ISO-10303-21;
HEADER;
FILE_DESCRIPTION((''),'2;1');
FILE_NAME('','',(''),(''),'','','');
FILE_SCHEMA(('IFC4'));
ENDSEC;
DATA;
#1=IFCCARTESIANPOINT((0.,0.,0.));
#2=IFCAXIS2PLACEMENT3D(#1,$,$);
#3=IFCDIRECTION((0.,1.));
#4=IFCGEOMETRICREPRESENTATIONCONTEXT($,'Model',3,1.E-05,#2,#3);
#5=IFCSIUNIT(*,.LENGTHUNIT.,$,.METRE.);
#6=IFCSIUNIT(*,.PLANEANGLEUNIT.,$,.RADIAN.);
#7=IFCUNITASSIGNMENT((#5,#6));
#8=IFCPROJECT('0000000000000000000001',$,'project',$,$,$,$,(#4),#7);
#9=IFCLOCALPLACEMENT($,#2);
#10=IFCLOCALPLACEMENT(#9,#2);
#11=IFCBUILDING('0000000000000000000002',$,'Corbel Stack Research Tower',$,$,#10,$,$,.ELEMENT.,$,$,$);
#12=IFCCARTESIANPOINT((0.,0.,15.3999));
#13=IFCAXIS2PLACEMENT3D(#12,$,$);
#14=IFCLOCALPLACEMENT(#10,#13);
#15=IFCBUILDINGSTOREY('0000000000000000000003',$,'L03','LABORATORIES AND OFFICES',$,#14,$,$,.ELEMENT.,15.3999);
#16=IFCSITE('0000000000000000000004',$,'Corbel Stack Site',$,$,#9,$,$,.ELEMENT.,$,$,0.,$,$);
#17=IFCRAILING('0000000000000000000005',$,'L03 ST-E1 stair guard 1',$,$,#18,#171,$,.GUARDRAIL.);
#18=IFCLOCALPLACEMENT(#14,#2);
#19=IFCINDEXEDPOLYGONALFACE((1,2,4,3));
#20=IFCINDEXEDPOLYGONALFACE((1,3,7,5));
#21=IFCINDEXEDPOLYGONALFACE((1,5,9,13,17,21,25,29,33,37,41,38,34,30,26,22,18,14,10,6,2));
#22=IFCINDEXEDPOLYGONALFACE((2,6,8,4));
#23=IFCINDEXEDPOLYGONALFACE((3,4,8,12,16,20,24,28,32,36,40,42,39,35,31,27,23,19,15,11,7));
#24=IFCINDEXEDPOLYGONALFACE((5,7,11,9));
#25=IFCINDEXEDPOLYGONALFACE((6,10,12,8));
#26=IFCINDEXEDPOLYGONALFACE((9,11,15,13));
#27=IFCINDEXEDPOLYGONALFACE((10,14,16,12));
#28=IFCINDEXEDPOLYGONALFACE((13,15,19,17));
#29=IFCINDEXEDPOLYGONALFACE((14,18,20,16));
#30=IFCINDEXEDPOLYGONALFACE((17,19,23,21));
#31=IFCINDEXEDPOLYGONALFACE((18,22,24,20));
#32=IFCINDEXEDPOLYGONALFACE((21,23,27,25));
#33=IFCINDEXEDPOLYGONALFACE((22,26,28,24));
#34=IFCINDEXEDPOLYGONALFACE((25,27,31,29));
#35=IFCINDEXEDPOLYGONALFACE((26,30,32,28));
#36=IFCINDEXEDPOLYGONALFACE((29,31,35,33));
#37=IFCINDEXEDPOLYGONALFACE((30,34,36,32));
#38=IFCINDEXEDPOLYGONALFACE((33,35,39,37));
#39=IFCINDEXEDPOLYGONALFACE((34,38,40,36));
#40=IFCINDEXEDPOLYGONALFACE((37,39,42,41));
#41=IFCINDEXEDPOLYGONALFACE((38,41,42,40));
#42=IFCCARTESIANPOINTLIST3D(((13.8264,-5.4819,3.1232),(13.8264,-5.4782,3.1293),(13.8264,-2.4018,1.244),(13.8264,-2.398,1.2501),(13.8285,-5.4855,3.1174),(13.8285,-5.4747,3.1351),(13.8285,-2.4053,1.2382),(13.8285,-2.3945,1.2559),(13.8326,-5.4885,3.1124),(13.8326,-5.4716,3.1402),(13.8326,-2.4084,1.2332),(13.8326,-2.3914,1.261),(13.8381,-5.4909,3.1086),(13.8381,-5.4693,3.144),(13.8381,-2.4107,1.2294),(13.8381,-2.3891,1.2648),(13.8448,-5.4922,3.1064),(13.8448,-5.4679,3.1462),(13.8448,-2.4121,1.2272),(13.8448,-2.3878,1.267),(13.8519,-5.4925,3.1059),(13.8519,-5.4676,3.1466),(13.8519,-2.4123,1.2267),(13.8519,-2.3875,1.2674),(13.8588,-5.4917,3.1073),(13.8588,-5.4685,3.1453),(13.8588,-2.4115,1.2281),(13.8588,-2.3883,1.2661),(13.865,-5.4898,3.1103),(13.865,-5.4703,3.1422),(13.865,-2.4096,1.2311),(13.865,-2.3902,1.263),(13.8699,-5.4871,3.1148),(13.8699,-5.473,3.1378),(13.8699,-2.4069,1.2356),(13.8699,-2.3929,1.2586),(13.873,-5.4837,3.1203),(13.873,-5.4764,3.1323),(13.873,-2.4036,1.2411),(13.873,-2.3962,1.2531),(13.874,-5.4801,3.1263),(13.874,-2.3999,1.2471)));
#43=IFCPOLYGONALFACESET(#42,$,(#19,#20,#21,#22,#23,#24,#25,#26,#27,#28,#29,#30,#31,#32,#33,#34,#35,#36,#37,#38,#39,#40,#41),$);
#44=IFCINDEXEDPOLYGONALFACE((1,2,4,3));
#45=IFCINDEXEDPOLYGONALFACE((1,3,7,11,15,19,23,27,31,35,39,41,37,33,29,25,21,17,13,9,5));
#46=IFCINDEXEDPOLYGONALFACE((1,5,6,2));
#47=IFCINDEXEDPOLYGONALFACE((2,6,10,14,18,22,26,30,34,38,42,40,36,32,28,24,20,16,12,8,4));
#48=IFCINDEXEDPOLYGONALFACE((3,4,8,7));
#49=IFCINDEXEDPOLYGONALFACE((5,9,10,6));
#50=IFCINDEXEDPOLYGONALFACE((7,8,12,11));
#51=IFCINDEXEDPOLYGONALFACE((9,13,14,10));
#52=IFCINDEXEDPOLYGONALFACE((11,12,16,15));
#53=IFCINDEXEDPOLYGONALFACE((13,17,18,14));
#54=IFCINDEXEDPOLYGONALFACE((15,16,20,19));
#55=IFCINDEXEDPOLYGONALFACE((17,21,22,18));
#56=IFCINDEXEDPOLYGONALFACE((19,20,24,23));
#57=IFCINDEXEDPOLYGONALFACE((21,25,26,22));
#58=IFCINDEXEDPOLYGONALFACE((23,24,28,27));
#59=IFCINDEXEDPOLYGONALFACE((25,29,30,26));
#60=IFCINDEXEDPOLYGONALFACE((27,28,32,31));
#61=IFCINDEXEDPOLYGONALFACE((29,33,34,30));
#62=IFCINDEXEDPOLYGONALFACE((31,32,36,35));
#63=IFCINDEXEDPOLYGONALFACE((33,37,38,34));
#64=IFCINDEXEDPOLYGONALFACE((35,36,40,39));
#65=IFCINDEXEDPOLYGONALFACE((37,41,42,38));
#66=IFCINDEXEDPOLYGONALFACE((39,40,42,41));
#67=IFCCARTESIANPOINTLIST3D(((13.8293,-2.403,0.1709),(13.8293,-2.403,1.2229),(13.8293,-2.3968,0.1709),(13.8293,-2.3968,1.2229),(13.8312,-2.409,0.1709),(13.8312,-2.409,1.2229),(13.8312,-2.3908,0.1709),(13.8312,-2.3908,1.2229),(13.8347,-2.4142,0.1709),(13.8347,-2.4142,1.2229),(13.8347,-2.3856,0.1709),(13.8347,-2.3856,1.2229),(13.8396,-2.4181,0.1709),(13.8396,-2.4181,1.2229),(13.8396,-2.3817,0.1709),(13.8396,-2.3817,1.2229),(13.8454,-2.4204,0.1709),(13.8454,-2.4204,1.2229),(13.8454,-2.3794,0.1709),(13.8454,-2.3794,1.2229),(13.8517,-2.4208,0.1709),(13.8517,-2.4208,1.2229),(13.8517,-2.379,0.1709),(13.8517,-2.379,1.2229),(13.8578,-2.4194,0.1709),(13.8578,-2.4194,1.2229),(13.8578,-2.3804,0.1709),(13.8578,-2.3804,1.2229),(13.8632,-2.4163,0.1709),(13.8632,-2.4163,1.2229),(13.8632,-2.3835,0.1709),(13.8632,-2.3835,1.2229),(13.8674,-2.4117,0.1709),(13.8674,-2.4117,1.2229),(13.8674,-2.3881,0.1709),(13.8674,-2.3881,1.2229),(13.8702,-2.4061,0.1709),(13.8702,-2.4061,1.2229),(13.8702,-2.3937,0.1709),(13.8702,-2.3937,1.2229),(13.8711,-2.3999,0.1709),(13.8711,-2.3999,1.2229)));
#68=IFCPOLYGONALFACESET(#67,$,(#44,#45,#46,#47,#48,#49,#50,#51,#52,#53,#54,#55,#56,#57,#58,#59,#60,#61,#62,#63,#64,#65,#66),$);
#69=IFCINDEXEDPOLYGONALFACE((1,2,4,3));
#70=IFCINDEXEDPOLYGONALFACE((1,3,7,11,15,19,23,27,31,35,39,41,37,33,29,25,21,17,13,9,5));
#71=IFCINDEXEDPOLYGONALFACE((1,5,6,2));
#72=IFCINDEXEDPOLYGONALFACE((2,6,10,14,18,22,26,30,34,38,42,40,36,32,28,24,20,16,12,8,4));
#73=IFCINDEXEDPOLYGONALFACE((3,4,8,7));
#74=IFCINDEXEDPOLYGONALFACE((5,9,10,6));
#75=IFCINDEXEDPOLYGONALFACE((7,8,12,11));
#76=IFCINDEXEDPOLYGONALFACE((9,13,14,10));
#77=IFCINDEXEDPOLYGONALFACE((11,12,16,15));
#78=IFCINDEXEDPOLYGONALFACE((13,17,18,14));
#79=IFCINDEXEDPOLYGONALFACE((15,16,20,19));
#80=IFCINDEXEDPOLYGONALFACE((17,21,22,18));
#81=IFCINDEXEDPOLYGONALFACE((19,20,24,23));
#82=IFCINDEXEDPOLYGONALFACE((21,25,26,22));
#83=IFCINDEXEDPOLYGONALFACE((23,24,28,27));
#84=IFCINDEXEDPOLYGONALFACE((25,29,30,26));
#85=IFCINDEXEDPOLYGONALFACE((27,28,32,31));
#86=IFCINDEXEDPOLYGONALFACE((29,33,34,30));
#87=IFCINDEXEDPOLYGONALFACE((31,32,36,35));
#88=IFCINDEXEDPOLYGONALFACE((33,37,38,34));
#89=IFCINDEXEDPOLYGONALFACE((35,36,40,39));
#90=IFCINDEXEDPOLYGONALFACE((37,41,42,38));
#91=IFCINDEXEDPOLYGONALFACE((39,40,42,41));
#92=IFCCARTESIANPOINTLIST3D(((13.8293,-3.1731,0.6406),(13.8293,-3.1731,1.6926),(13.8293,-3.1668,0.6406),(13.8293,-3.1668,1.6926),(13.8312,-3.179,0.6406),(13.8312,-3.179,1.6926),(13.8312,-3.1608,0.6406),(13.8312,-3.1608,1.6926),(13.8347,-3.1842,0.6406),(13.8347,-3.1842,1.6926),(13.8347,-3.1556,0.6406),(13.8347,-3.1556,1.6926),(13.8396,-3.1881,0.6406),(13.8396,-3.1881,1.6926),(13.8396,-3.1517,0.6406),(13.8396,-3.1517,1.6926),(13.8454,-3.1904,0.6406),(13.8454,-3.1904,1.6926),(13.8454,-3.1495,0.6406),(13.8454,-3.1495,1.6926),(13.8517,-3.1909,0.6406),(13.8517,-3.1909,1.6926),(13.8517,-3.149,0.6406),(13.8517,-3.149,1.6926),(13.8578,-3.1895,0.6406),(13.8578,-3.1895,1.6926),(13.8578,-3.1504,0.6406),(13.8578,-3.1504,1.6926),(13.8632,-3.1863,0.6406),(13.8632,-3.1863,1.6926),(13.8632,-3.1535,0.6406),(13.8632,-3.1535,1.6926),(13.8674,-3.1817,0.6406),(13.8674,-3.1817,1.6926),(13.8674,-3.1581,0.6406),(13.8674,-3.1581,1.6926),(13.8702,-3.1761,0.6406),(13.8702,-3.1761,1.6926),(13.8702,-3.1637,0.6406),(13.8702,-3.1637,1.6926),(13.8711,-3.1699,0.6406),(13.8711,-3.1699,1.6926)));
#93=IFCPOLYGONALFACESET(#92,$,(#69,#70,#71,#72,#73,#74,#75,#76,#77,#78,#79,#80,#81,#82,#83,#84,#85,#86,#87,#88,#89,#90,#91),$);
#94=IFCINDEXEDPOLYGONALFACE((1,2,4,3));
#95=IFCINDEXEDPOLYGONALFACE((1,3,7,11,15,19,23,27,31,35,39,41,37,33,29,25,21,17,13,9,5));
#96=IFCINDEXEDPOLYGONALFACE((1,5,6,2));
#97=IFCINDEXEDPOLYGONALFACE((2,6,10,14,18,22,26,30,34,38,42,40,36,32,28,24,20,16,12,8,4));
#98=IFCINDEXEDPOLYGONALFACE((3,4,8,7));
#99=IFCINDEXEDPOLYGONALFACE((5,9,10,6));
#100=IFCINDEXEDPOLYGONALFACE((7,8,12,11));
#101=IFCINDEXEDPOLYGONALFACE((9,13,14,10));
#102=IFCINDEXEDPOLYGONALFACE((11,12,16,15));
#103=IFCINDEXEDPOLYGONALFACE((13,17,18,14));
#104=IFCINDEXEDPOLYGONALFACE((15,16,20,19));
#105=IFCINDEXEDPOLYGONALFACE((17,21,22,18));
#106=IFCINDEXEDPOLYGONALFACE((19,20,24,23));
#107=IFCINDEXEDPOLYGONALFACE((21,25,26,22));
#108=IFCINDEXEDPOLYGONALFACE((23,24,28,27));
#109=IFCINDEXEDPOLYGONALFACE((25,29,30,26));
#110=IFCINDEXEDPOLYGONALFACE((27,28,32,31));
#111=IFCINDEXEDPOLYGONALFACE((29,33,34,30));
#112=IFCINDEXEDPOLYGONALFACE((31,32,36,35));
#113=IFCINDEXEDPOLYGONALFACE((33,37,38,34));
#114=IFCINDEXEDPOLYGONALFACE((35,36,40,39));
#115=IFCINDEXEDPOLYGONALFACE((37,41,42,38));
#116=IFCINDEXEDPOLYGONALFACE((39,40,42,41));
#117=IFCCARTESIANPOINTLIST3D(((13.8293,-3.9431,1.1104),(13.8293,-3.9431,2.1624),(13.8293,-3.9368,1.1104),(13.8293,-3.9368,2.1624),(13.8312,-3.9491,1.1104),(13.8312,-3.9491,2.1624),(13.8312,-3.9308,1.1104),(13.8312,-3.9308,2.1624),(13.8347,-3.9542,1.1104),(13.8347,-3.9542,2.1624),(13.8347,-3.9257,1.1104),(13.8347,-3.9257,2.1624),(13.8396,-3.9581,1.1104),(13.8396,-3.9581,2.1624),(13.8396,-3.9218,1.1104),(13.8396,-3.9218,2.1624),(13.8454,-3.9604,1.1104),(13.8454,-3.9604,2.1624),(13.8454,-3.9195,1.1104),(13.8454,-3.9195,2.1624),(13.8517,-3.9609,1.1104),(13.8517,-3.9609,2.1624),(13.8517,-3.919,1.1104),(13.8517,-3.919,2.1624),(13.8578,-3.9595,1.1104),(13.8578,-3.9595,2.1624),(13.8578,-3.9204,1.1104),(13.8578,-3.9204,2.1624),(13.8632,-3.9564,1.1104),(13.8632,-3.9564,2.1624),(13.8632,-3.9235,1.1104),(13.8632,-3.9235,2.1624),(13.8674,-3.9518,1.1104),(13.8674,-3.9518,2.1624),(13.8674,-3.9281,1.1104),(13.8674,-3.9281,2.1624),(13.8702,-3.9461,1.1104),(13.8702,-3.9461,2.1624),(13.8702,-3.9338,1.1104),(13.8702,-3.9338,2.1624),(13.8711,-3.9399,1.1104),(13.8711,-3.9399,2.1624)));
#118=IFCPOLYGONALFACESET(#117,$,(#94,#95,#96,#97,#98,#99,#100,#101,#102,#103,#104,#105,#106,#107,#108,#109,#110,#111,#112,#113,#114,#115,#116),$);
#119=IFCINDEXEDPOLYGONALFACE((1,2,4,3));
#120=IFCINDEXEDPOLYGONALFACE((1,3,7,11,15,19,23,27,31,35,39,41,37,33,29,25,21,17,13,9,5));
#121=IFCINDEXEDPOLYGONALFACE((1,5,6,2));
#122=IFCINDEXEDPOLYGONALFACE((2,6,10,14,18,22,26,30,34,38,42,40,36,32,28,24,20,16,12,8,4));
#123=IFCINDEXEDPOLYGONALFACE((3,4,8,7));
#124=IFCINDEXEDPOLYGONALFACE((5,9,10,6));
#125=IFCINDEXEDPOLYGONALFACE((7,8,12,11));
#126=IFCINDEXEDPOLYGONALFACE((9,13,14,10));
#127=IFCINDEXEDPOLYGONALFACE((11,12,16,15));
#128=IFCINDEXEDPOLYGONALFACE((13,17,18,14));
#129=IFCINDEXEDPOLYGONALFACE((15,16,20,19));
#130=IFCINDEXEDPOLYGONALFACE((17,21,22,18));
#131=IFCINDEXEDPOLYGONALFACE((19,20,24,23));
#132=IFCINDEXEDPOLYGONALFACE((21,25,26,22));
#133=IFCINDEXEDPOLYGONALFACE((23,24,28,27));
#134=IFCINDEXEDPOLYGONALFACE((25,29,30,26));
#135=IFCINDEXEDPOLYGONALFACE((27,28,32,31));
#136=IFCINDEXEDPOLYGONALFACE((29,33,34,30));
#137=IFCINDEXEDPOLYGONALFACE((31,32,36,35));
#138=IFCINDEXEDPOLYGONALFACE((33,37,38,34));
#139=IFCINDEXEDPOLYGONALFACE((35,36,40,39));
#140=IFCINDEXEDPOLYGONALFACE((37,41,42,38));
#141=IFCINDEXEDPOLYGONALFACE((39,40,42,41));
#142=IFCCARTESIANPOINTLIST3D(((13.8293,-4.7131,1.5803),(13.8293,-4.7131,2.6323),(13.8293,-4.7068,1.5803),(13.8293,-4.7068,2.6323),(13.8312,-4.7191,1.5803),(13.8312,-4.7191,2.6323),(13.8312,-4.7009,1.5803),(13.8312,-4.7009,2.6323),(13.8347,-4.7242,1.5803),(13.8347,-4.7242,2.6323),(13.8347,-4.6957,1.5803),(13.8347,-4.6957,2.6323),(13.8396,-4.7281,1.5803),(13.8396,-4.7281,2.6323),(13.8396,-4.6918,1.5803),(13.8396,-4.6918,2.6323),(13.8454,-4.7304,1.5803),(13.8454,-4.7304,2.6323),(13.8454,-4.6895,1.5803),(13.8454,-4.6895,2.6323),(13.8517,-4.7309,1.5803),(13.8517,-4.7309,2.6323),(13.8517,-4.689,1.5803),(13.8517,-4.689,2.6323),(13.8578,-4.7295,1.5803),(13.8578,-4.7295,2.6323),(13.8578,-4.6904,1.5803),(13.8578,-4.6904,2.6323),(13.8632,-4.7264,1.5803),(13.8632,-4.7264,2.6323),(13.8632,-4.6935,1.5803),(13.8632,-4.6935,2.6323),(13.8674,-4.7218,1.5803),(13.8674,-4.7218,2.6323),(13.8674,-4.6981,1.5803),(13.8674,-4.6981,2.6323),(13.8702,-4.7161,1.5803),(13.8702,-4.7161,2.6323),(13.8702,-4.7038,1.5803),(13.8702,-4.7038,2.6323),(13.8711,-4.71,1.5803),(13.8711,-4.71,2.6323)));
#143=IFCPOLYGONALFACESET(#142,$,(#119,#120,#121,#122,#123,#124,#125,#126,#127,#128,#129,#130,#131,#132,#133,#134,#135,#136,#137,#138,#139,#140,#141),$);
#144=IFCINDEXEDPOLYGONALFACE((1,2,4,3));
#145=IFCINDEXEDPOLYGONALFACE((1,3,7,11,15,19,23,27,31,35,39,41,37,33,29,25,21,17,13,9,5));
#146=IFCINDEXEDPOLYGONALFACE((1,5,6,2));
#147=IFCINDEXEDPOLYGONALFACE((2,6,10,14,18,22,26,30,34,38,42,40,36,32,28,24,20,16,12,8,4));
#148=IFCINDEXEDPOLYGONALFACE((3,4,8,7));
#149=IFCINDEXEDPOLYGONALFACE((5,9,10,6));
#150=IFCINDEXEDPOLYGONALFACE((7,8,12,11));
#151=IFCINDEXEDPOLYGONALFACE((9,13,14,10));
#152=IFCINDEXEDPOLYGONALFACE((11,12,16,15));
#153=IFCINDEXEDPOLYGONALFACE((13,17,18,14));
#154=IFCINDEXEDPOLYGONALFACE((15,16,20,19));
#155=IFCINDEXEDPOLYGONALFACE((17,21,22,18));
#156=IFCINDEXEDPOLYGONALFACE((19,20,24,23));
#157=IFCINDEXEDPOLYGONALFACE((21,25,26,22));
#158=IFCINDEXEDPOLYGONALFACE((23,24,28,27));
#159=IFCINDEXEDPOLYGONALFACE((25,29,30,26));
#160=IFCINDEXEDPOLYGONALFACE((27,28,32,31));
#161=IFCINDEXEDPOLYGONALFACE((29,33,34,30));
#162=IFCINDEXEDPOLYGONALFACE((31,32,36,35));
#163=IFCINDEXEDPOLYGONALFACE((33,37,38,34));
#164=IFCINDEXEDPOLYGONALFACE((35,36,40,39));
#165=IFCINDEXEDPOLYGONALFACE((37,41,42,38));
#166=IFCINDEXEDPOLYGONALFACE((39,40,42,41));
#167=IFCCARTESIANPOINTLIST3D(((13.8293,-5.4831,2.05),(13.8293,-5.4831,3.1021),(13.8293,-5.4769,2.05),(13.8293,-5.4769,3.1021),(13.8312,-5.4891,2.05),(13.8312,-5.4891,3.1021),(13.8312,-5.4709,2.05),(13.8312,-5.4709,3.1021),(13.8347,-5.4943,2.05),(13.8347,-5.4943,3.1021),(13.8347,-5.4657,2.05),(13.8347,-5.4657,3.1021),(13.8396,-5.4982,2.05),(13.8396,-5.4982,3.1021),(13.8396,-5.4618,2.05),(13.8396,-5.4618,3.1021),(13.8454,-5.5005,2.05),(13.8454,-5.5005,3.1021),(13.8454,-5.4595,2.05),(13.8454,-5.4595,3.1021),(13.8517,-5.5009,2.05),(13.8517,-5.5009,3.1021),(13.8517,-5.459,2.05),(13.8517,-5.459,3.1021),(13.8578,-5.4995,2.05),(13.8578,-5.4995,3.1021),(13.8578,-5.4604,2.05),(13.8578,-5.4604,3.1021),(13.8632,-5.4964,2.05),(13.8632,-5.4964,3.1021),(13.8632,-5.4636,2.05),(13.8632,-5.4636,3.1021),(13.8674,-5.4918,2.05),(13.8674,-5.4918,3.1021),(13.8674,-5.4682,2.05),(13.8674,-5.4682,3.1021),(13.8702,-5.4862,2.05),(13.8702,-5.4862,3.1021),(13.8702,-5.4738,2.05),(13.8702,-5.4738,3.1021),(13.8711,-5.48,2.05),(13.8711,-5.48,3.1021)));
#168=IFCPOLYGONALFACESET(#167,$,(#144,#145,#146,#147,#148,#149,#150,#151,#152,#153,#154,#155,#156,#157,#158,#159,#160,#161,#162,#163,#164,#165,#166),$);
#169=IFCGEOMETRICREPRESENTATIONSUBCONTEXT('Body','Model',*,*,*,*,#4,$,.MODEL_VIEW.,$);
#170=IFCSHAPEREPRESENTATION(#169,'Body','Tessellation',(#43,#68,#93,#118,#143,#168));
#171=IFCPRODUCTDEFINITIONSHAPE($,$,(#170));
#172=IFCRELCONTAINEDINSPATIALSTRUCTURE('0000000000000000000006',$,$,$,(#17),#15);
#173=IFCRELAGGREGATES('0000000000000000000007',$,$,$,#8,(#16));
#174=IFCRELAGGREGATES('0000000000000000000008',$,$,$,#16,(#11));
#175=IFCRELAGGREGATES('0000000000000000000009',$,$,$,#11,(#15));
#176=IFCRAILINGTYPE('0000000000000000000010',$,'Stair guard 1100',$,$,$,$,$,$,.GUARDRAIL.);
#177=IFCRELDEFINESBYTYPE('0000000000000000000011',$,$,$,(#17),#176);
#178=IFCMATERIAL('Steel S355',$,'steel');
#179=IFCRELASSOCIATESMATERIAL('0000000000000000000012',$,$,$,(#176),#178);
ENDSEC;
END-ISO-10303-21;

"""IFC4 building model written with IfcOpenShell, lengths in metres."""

from ifc_helpers import new_model, si_unit, direction, frame, origin, origin_2d, place, context, subcontext, project, spatial, circle, extrude, material, type_object, element, save


model = new_model("IFC4")

# Units and contexts
model_context = context("Model", 3, precision=1e-05, world=origin(), true_north=direction((0.0, 1.0)))
body_context = subcontext(model_context, "Body", "Model", "MODEL_VIEW")
ifc_project = project(units=[si_unit("LENGTHUNIT", "METRE"), si_unit("PLANEANGLEUNIT", "RADIAN")], contexts=[model_context])

# Site, building, storey
site_placement = place(None, origin())
site = spatial("IfcSite", under=ifc_project, at=site_placement, Name="Corbel Stack Site", CompositionType="ELEMENT", RefElevation=0.0)
building_placement = place(site_placement, origin())
building = spatial("IfcBuilding", under=site, at=building_placement, Name="Corbel Stack Research Tower", CompositionType="ELEMENT")
storey_placement = place(building_placement, frame((0.0, 0.0, 15.3999)))
storey = spatial("IfcBuildingStorey", under=building, at=storey_placement, Name="L03", Description="LABORATORIES AND OFFICES", CompositionType="ELEMENT", Elevation=15.3999)

# Railing
ifc_material_1 = material(Name="Steel S355", Category="steel")
railing_type_1 = type_object("IfcRailingType", Name="Stair guard 1100", PredefinedType="GUARDRAIL", material=ifc_material_1)
railing_1_placement = place(storey_placement, frame((13.8501, -2.3999, 0.1709)))
element("IfcRailing", 1, at=railing_1_placement, inside=storey, type_object=railing_type_1, Name="L03 ST-E1 stair guard 1", PredefinedType="GUARDRAIL", context=body_context, shape_type="SweptSolid", body=[
    extrude(circle(Radius=0.0239, at=origin_2d()), frame((0.0, 0.0, 1.0762), z_axis=(0.0, -0.853666, 0.52082), x_axis=(1.0, 0.0, 0.0)), (0.0, 0.0, 1.0), 3.6082),
    extrude(circle(Radius=0.021, at=origin_2d()), origin(), (0.0, 0.0, 1.0), 1.052),
    extrude(circle(Radius=0.021, at=origin_2d()), frame((0.0, -0.77, 0.4697)), (0.0, 0.0, 1.0), 1.052),
    extrude(circle(Radius=0.021, at=origin_2d()), frame((0.0, -1.54, 0.9395)), (0.0, 0.0, 1.0), 1.052),
    extrude(circle(Radius=0.021, at=origin_2d()), frame((0.0, -2.3101, 1.4094)), (0.0, 0.0, 1.0), 1.052),
    extrude(circle(Radius=0.021, at=origin_2d()), frame((0.0, -3.0801, 1.8792)), (0.0, 0.0, 1.0), 1.052),
])

save(model, "model.ifc")
